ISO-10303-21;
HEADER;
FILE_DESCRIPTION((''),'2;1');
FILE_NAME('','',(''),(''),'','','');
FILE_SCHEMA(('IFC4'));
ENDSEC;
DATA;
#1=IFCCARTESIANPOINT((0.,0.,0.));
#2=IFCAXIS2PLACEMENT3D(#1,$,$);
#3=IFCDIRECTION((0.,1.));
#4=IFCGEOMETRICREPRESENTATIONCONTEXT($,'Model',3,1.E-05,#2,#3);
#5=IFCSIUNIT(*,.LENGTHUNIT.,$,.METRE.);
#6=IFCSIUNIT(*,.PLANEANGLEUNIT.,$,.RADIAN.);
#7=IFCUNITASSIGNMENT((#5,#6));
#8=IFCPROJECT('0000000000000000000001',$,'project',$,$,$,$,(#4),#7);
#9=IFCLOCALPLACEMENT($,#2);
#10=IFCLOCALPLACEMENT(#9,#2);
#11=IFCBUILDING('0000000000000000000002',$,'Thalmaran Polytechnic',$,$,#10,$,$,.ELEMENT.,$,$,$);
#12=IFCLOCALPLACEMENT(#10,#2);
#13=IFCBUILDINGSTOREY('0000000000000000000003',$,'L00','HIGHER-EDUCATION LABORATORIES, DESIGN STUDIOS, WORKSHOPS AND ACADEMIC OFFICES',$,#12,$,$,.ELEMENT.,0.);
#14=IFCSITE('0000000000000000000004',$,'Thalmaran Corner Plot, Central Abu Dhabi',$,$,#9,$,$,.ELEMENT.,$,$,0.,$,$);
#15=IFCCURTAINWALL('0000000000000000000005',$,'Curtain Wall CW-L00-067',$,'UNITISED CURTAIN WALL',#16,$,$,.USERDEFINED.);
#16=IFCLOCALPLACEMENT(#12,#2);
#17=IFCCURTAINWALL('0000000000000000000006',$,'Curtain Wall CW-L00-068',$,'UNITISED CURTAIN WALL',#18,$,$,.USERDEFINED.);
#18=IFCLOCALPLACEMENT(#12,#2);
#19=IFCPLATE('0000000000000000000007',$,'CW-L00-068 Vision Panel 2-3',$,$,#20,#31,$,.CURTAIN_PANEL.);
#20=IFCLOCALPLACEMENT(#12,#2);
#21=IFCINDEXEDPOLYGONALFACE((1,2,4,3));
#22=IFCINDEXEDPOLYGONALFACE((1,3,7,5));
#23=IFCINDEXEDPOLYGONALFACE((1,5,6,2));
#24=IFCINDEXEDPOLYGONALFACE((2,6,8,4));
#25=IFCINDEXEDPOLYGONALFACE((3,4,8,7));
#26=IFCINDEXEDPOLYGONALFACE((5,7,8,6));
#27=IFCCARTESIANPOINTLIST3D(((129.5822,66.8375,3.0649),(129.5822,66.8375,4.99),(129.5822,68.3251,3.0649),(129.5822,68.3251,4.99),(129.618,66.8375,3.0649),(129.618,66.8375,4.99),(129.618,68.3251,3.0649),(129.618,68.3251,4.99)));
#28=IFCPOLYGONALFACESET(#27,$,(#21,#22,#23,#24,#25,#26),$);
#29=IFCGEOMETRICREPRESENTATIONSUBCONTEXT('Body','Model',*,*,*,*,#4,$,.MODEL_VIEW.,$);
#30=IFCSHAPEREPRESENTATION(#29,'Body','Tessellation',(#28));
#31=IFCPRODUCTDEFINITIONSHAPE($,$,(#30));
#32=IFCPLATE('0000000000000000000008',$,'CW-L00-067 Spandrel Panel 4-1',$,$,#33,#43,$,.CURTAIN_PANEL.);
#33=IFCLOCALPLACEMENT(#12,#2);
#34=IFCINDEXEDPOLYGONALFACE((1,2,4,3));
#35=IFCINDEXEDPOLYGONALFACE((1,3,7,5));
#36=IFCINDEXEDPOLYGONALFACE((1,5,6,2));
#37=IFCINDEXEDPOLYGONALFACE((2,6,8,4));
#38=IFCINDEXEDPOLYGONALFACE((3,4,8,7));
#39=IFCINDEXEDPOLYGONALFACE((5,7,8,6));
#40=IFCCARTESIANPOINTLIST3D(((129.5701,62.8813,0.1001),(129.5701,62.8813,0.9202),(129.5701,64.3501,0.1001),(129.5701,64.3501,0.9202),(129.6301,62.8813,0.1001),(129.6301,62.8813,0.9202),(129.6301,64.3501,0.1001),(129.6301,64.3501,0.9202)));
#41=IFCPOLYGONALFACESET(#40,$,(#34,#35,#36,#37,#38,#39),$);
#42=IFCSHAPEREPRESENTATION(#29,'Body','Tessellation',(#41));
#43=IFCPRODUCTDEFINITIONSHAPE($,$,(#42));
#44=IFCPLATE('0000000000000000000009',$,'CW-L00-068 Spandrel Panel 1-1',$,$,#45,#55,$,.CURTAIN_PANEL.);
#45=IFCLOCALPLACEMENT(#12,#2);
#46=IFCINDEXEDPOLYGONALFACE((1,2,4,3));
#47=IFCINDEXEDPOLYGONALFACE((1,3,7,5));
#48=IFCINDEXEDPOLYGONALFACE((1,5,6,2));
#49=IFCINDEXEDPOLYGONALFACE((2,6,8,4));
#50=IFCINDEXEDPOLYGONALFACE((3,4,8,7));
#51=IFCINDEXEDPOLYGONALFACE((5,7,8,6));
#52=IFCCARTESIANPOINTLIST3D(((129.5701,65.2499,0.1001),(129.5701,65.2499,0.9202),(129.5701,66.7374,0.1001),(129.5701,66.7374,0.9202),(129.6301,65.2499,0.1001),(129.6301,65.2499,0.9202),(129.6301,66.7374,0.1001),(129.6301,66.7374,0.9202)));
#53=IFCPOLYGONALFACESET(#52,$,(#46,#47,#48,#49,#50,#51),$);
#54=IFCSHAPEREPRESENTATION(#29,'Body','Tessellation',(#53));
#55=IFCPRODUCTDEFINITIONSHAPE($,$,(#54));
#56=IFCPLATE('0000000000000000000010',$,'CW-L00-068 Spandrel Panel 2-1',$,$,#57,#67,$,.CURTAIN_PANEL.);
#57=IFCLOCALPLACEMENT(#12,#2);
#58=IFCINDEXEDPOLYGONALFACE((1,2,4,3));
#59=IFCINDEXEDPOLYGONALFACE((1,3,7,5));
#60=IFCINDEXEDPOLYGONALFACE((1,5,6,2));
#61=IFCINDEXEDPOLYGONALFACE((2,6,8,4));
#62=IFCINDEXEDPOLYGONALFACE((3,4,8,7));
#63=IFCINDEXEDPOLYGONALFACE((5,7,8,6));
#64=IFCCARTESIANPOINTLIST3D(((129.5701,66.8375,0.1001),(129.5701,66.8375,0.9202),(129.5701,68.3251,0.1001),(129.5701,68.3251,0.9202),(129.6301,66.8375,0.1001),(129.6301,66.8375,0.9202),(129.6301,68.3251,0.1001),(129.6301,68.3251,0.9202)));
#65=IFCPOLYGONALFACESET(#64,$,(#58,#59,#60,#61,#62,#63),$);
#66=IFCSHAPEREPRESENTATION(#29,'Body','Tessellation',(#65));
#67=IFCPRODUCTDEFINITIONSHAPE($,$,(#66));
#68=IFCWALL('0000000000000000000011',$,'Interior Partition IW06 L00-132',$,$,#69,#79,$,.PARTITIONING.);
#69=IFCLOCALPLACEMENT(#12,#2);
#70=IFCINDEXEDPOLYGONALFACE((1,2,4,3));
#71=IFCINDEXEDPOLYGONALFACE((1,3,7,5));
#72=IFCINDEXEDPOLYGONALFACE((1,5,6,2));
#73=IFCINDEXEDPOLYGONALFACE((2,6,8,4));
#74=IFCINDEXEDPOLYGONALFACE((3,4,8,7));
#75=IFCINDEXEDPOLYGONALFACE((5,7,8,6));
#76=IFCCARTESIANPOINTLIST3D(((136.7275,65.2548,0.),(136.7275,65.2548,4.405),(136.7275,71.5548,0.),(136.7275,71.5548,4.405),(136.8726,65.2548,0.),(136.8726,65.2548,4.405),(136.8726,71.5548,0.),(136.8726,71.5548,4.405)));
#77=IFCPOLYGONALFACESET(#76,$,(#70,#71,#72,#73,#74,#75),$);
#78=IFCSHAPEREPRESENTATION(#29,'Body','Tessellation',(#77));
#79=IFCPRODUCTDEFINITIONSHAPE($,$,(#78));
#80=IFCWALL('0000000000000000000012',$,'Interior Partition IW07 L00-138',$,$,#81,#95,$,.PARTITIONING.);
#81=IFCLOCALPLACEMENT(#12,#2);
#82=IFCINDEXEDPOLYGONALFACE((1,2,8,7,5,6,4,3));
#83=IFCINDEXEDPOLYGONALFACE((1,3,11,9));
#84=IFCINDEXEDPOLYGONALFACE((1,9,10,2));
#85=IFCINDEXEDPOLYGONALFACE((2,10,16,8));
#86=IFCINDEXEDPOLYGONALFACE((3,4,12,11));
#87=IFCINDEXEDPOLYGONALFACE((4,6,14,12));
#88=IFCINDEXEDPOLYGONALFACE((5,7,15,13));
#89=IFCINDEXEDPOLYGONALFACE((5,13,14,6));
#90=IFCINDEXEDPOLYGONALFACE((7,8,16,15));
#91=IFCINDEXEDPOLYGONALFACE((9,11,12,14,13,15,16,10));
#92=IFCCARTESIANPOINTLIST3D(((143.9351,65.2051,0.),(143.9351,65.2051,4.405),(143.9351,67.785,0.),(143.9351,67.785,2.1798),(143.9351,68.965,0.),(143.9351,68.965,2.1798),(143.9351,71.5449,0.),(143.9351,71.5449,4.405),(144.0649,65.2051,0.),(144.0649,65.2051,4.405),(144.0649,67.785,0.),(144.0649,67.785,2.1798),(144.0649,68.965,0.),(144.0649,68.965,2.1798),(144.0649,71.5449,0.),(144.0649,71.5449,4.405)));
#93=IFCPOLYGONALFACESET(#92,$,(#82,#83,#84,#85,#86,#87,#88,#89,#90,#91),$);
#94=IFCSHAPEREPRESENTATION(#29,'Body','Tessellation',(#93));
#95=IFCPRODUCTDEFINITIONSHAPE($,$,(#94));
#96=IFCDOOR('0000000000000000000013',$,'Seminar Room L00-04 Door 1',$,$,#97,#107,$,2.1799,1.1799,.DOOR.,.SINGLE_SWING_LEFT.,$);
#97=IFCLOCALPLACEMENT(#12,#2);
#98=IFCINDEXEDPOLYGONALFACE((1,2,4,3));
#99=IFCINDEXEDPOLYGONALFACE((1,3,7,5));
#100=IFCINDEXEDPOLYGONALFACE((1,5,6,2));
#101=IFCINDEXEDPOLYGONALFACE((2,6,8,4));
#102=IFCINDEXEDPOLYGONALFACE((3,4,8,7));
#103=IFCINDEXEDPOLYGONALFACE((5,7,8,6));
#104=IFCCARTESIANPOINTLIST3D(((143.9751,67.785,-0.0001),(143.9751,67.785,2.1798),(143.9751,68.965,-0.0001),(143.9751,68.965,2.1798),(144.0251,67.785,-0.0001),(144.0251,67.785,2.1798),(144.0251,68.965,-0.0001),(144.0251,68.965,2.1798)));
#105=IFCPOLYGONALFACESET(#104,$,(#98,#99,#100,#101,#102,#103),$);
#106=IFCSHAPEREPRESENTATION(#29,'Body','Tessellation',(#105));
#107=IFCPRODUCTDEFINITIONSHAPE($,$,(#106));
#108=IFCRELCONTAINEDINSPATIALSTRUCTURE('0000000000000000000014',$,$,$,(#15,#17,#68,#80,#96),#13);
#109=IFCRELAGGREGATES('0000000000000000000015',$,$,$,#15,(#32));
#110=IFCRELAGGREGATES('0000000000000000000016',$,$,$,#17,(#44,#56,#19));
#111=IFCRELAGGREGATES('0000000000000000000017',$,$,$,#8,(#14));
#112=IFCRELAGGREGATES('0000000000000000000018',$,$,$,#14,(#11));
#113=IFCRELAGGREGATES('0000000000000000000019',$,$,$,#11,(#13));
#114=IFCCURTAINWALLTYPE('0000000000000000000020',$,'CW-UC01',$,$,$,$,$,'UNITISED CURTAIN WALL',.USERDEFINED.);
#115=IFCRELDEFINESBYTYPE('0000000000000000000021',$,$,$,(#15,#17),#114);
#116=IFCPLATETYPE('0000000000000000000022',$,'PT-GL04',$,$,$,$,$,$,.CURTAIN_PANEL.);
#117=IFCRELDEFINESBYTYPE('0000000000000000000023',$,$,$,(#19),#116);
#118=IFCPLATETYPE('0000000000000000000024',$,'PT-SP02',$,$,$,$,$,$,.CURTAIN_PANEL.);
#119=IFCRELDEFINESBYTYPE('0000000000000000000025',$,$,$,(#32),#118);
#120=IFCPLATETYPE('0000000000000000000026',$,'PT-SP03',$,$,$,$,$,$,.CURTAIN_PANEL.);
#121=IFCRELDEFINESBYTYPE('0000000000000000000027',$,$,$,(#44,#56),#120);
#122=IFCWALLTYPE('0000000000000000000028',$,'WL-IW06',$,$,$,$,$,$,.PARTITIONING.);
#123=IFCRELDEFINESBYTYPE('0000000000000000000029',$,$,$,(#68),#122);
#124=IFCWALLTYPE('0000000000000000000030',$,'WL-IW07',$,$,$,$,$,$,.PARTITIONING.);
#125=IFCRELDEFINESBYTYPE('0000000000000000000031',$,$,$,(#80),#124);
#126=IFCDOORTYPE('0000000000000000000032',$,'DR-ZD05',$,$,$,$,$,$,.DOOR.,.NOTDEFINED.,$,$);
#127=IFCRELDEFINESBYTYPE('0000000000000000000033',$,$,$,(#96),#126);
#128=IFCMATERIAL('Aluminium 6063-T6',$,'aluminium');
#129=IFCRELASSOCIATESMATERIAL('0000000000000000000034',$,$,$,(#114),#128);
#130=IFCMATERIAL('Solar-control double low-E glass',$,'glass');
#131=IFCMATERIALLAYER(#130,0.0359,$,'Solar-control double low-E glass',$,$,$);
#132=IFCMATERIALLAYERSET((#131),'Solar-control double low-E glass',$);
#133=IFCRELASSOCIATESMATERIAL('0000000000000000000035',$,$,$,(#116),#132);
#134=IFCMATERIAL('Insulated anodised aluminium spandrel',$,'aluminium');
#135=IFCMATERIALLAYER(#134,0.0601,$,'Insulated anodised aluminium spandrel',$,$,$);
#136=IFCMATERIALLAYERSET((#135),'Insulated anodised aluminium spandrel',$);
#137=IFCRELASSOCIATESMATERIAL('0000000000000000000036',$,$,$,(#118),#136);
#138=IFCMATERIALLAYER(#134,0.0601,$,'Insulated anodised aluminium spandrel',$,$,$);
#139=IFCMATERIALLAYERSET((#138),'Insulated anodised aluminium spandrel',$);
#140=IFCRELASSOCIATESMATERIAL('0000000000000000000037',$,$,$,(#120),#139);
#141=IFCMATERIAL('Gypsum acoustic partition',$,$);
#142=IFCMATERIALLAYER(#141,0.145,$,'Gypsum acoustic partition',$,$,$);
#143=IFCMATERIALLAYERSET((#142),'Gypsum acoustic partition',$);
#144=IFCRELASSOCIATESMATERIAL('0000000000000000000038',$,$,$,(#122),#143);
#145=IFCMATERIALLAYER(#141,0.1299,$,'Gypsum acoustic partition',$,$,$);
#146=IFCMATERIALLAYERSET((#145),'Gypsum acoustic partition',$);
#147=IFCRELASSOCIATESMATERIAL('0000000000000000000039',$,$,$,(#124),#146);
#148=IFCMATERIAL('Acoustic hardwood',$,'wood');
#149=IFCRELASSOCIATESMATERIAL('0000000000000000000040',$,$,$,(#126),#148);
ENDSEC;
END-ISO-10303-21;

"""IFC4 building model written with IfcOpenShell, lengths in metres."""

from ifc_helpers import new_model, si_unit, direction, frame, frame_2d, origin, origin_2d, place, context, subcontext, project, spatial, rectangle, extrude, material, layer, layer_set, type_object, element, fill, aggregate, save


model = new_model("IFC4")

# Units and contexts
model_context = context("Model", 3, precision=1e-05, world=origin(), true_north=direction((0.0, 1.0)))
body_context = subcontext(model_context, "Body", "Model", "MODEL_VIEW")
ifc_project = project(units=[si_unit("LENGTHUNIT", "METRE"), si_unit("PLANEANGLEUNIT", "RADIAN")], contexts=[model_context])

# Site, building, storey
site_placement = place(None, origin())
site = spatial("IfcSite", under=ifc_project, at=site_placement, Name="Thalmaran Corner Plot, Central Abu Dhabi", CompositionType="ELEMENT", RefElevation=0.0)
building_placement = place(site_placement, origin())
building = spatial("IfcBuilding", under=site, at=building_placement, Name="Thalmaran Polytechnic", CompositionType="ELEMENT")
storey_placement = place(building_placement, origin())
storey = spatial("IfcBuildingStorey", under=building, at=storey_placement, Name="L00", Description="HIGHER-EDUCATION LABORATORIES, DESIGN STUDIOS, WORKSHOPS AND ACADEMIC OFFICES", CompositionType="ELEMENT", Elevation=0.0)

# Curtain wall
ifc_material_1 = material(Name="Aluminium 6063-T6", Category="aluminium")
curtain_wall_type = type_object("IfcCurtainWallType", Name="CW-UC01", ElementType="UNITISED CURTAIN WALL", PredefinedType="USERDEFINED", material=ifc_material_1)
curtain_wall_1_placement = place(storey_placement, origin())
curtain_wall_1 = element("IfcCurtainWall", 1, at=curtain_wall_1_placement, inside=storey, type_object=curtain_wall_type, Name="Curtain Wall CW-L00-067", ObjectType="UNITISED CURTAIN WALL", PredefinedType="USERDEFINED")

# Curtain wall
curtain_wall_2_placement = place(storey_placement, origin())
curtain_wall_2 = element("IfcCurtainWall", 2, at=curtain_wall_2_placement, inside=storey, type_object=curtain_wall_type, Name="Curtain Wall CW-L00-068", ObjectType="UNITISED CURTAIN WALL", PredefinedType="USERDEFINED")

# Plates
ifc_material_2 = material(Name="Solar-control double low-E glass", Category="glass")
ifc_layer_1 = layer(ifc_material_2, 0.0359, Name="Solar-control double low-E glass")
ifc_layer_set_1 = layer_set([ifc_layer_1], Name="Solar-control double low-E glass")
plate_type_1 = type_object("IfcPlateType", Name="PT-GL04", PredefinedType="CURTAIN_PANEL", material=ifc_layer_set_1)
plate_1_placement = place(storey_placement, frame((129.6001, 67.5813, 3.0649), z_axis=(0.0, 0.0, 1.0), x_axis=(0.0, 1.0, 0.0)))
plate_1 = element("IfcPlate", 3, at=plate_1_placement, type_object=plate_type_1, Name="CW-L00-068 Vision Panel 2-3", PredefinedType="CURTAIN_PANEL", context=body_context, shape_type="SweptSolid", body=[
    extrude(rectangle(XDim=1.4875, YDim=0.0359, at=origin_2d()), origin(), (0.0, 0.0, 1.0), 1.925),
])
ifc_material_3 = material(Name="Insulated anodised aluminium spandrel", Category="aluminium")
ifc_layer_2 = layer(ifc_material_3, 0.0601, Name="Insulated anodised aluminium spandrel")
ifc_layer_set_2 = layer_set([ifc_layer_2], Name="Insulated anodised aluminium spandrel")
plate_type_2 = type_object("IfcPlateType", Name="PT-SP02", PredefinedType="CURTAIN_PANEL", material=ifc_layer_set_2)
plate_2_placement = place(storey_placement, frame((129.6001, 63.6157, 0.1001), z_axis=(0.0, 0.0, 1.0), x_axis=(0.0, 1.0, 0.0)))
plate_2 = element("IfcPlate", 4, at=plate_2_placement, type_object=plate_type_2, Name="CW-L00-067 Spandrel Panel 4-1", PredefinedType="CURTAIN_PANEL", context=body_context, shape_type="SweptSolid", body=[
    extrude(rectangle(XDim=1.4688, YDim=0.0601, at=origin_2d()), origin(), (0.0, 0.0, 1.0), 0.8201),
])
aggregate(curtain_wall_1, [plate_2])
ifc_layer_3 = layer(ifc_material_3, 0.0601, Name="Insulated anodised aluminium spandrel")
ifc_layer_set_3 = layer_set([ifc_layer_3], Name="Insulated anodised aluminium spandrel")
plate_type_3 = type_object("IfcPlateType", Name="PT-SP03", PredefinedType="CURTAIN_PANEL", material=ifc_layer_set_3)
plate_3_placement = place(storey_placement, frame((129.6001, 65.9937, 0.1001), z_axis=(0.0, 0.0, 1.0), x_axis=(0.0, 1.0, 0.0)))
plate_3 = element("IfcPlate", 5, at=plate_3_placement, type_object=plate_type_3, Name="CW-L00-068 Spandrel Panel 1-1", PredefinedType="CURTAIN_PANEL", context=body_context, shape_type="SweptSolid", body=[
    extrude(rectangle(XDim=1.4875, YDim=0.0601, at=origin_2d()), origin(), (0.0, 0.0, 1.0), 0.8201),
])
plate_4_placement = place(storey_placement, frame((129.6001, 67.5813, 0.1001), z_axis=(0.0, 0.0, 1.0), x_axis=(0.0, 1.0, 0.0)))
plate_4 = element("IfcPlate", 6, at=plate_4_placement, type_object=plate_type_3, Name="CW-L00-068 Spandrel Panel 2-1", PredefinedType="CURTAIN_PANEL", context=body_context, shape_type="SweptSolid", body=[
    extrude(rectangle(XDim=1.4875, YDim=0.0601, at=origin_2d()), origin(), (0.0, 0.0, 1.0), 0.8201),
])
aggregate(curtain_wall_2, [plate_3, plate_4, plate_1])

# Wall
ifc_material_4 = material(Name="Gypsum acoustic partition")
ifc_layer_4 = layer(ifc_material_4, 0.145, Name="Gypsum acoustic partition")
ifc_layer_set_4 = layer_set([ifc_layer_4], Name="Gypsum acoustic partition")
wall_type_1 = type_object("IfcWallType", Name="WL-IW06", PredefinedType="PARTITIONING", material=ifc_layer_set_4)
wall_1_placement = place(storey_placement, frame((136.8, 65.2549, 0.0), z_axis=(0.0, 0.0, 1.0), x_axis=(0.0, 1.0, 0.0)))
element("IfcWall", 7, at=wall_1_placement, inside=storey, type_object=wall_type_1, Name="Interior Partition IW06 L00-132", PredefinedType="PARTITIONING", context=body_context, shape_type="SweptSolid", body=[
    extrude(rectangle(XDim=6.3, YDim=0.145, at=frame_2d((3.1499, 0.0))), origin(), (0.0, 0.0, 1.0), 4.405),
])

# Wall, opening, door
ifc_layer_5 = layer(ifc_material_4, 0.1299, Name="Gypsum acoustic partition")
ifc_layer_set_5 = layer_set([ifc_layer_5], Name="Gypsum acoustic partition")
wall_type_2 = type_object("IfcWallType", Name="WL-IW07", PredefinedType="PARTITIONING", material=ifc_layer_set_5)
wall_2_placement = place(storey_placement, frame((144.0, 65.2051, 0.0), z_axis=(0.0, 0.0, 1.0), x_axis=(0.0, 1.0, 0.0)))
wall_2 = element("IfcWall", 8, at=wall_2_placement, inside=storey, type_object=wall_type_2, Name="Interior Partition IW07 L00-138", PredefinedType="PARTITIONING", context=body_context, shape_type="SweptSolid", body=[
    extrude(rectangle(XDim=6.3398, YDim=0.1299, at=frame_2d((3.1699, 0.0))), origin(), (0.0, 0.0, 1.0), 4.405),
])
opening_placement = place(wall_2_placement, frame((2.5801, 0.0, 0.0)))
opening = element("IfcOpeningElement", 9, at=opening_placement, cuts=wall_2, PredefinedType="OPENING", context=body_context, shape_type="SweptSolid", body=[
    extrude(rectangle(XDim=1.1799, YDim=2.1799, at=frame_2d((0.5898, 1.0898))), frame((0.0, 0.075, 0.0), z_axis=(0.0, -1.0, 0.0), x_axis=(1.0, 0.0, 0.0)), (0.0, 0.0, 1.0), 0.1499),
])
ifc_material_5 = material(Name="Acoustic hardwood", Category="wood")
door_type = type_object("IfcDoorType", Name="DR-ZD05", OperationType="NOTDEFINED", PredefinedType="DOOR", material=ifc_material_5)
door_placement = place(opening_placement, origin())
door = element("IfcDoor", 10, at=door_placement, inside=storey, type_object=door_type, Name="Seminar Room L00-04 Door 1", OperationType="SINGLE_SWING_LEFT", OverallHeight=2.1799, OverallWidth=1.1799, PredefinedType="DOOR", context=body_context, shape_type="SweptSolid", body=[
    extrude(rectangle(XDim=1.1799, YDim=2.1799, at=frame_2d((0.5898, 1.0898))), frame((0.0, 0.0249, 0.0), z_axis=(0.0, -1.0, 0.0), x_axis=(1.0, 0.0, 0.0)), (0.0, 0.0, 1.0), 0.05),
])
fill(opening, door)

save(model, "model.ifc")
